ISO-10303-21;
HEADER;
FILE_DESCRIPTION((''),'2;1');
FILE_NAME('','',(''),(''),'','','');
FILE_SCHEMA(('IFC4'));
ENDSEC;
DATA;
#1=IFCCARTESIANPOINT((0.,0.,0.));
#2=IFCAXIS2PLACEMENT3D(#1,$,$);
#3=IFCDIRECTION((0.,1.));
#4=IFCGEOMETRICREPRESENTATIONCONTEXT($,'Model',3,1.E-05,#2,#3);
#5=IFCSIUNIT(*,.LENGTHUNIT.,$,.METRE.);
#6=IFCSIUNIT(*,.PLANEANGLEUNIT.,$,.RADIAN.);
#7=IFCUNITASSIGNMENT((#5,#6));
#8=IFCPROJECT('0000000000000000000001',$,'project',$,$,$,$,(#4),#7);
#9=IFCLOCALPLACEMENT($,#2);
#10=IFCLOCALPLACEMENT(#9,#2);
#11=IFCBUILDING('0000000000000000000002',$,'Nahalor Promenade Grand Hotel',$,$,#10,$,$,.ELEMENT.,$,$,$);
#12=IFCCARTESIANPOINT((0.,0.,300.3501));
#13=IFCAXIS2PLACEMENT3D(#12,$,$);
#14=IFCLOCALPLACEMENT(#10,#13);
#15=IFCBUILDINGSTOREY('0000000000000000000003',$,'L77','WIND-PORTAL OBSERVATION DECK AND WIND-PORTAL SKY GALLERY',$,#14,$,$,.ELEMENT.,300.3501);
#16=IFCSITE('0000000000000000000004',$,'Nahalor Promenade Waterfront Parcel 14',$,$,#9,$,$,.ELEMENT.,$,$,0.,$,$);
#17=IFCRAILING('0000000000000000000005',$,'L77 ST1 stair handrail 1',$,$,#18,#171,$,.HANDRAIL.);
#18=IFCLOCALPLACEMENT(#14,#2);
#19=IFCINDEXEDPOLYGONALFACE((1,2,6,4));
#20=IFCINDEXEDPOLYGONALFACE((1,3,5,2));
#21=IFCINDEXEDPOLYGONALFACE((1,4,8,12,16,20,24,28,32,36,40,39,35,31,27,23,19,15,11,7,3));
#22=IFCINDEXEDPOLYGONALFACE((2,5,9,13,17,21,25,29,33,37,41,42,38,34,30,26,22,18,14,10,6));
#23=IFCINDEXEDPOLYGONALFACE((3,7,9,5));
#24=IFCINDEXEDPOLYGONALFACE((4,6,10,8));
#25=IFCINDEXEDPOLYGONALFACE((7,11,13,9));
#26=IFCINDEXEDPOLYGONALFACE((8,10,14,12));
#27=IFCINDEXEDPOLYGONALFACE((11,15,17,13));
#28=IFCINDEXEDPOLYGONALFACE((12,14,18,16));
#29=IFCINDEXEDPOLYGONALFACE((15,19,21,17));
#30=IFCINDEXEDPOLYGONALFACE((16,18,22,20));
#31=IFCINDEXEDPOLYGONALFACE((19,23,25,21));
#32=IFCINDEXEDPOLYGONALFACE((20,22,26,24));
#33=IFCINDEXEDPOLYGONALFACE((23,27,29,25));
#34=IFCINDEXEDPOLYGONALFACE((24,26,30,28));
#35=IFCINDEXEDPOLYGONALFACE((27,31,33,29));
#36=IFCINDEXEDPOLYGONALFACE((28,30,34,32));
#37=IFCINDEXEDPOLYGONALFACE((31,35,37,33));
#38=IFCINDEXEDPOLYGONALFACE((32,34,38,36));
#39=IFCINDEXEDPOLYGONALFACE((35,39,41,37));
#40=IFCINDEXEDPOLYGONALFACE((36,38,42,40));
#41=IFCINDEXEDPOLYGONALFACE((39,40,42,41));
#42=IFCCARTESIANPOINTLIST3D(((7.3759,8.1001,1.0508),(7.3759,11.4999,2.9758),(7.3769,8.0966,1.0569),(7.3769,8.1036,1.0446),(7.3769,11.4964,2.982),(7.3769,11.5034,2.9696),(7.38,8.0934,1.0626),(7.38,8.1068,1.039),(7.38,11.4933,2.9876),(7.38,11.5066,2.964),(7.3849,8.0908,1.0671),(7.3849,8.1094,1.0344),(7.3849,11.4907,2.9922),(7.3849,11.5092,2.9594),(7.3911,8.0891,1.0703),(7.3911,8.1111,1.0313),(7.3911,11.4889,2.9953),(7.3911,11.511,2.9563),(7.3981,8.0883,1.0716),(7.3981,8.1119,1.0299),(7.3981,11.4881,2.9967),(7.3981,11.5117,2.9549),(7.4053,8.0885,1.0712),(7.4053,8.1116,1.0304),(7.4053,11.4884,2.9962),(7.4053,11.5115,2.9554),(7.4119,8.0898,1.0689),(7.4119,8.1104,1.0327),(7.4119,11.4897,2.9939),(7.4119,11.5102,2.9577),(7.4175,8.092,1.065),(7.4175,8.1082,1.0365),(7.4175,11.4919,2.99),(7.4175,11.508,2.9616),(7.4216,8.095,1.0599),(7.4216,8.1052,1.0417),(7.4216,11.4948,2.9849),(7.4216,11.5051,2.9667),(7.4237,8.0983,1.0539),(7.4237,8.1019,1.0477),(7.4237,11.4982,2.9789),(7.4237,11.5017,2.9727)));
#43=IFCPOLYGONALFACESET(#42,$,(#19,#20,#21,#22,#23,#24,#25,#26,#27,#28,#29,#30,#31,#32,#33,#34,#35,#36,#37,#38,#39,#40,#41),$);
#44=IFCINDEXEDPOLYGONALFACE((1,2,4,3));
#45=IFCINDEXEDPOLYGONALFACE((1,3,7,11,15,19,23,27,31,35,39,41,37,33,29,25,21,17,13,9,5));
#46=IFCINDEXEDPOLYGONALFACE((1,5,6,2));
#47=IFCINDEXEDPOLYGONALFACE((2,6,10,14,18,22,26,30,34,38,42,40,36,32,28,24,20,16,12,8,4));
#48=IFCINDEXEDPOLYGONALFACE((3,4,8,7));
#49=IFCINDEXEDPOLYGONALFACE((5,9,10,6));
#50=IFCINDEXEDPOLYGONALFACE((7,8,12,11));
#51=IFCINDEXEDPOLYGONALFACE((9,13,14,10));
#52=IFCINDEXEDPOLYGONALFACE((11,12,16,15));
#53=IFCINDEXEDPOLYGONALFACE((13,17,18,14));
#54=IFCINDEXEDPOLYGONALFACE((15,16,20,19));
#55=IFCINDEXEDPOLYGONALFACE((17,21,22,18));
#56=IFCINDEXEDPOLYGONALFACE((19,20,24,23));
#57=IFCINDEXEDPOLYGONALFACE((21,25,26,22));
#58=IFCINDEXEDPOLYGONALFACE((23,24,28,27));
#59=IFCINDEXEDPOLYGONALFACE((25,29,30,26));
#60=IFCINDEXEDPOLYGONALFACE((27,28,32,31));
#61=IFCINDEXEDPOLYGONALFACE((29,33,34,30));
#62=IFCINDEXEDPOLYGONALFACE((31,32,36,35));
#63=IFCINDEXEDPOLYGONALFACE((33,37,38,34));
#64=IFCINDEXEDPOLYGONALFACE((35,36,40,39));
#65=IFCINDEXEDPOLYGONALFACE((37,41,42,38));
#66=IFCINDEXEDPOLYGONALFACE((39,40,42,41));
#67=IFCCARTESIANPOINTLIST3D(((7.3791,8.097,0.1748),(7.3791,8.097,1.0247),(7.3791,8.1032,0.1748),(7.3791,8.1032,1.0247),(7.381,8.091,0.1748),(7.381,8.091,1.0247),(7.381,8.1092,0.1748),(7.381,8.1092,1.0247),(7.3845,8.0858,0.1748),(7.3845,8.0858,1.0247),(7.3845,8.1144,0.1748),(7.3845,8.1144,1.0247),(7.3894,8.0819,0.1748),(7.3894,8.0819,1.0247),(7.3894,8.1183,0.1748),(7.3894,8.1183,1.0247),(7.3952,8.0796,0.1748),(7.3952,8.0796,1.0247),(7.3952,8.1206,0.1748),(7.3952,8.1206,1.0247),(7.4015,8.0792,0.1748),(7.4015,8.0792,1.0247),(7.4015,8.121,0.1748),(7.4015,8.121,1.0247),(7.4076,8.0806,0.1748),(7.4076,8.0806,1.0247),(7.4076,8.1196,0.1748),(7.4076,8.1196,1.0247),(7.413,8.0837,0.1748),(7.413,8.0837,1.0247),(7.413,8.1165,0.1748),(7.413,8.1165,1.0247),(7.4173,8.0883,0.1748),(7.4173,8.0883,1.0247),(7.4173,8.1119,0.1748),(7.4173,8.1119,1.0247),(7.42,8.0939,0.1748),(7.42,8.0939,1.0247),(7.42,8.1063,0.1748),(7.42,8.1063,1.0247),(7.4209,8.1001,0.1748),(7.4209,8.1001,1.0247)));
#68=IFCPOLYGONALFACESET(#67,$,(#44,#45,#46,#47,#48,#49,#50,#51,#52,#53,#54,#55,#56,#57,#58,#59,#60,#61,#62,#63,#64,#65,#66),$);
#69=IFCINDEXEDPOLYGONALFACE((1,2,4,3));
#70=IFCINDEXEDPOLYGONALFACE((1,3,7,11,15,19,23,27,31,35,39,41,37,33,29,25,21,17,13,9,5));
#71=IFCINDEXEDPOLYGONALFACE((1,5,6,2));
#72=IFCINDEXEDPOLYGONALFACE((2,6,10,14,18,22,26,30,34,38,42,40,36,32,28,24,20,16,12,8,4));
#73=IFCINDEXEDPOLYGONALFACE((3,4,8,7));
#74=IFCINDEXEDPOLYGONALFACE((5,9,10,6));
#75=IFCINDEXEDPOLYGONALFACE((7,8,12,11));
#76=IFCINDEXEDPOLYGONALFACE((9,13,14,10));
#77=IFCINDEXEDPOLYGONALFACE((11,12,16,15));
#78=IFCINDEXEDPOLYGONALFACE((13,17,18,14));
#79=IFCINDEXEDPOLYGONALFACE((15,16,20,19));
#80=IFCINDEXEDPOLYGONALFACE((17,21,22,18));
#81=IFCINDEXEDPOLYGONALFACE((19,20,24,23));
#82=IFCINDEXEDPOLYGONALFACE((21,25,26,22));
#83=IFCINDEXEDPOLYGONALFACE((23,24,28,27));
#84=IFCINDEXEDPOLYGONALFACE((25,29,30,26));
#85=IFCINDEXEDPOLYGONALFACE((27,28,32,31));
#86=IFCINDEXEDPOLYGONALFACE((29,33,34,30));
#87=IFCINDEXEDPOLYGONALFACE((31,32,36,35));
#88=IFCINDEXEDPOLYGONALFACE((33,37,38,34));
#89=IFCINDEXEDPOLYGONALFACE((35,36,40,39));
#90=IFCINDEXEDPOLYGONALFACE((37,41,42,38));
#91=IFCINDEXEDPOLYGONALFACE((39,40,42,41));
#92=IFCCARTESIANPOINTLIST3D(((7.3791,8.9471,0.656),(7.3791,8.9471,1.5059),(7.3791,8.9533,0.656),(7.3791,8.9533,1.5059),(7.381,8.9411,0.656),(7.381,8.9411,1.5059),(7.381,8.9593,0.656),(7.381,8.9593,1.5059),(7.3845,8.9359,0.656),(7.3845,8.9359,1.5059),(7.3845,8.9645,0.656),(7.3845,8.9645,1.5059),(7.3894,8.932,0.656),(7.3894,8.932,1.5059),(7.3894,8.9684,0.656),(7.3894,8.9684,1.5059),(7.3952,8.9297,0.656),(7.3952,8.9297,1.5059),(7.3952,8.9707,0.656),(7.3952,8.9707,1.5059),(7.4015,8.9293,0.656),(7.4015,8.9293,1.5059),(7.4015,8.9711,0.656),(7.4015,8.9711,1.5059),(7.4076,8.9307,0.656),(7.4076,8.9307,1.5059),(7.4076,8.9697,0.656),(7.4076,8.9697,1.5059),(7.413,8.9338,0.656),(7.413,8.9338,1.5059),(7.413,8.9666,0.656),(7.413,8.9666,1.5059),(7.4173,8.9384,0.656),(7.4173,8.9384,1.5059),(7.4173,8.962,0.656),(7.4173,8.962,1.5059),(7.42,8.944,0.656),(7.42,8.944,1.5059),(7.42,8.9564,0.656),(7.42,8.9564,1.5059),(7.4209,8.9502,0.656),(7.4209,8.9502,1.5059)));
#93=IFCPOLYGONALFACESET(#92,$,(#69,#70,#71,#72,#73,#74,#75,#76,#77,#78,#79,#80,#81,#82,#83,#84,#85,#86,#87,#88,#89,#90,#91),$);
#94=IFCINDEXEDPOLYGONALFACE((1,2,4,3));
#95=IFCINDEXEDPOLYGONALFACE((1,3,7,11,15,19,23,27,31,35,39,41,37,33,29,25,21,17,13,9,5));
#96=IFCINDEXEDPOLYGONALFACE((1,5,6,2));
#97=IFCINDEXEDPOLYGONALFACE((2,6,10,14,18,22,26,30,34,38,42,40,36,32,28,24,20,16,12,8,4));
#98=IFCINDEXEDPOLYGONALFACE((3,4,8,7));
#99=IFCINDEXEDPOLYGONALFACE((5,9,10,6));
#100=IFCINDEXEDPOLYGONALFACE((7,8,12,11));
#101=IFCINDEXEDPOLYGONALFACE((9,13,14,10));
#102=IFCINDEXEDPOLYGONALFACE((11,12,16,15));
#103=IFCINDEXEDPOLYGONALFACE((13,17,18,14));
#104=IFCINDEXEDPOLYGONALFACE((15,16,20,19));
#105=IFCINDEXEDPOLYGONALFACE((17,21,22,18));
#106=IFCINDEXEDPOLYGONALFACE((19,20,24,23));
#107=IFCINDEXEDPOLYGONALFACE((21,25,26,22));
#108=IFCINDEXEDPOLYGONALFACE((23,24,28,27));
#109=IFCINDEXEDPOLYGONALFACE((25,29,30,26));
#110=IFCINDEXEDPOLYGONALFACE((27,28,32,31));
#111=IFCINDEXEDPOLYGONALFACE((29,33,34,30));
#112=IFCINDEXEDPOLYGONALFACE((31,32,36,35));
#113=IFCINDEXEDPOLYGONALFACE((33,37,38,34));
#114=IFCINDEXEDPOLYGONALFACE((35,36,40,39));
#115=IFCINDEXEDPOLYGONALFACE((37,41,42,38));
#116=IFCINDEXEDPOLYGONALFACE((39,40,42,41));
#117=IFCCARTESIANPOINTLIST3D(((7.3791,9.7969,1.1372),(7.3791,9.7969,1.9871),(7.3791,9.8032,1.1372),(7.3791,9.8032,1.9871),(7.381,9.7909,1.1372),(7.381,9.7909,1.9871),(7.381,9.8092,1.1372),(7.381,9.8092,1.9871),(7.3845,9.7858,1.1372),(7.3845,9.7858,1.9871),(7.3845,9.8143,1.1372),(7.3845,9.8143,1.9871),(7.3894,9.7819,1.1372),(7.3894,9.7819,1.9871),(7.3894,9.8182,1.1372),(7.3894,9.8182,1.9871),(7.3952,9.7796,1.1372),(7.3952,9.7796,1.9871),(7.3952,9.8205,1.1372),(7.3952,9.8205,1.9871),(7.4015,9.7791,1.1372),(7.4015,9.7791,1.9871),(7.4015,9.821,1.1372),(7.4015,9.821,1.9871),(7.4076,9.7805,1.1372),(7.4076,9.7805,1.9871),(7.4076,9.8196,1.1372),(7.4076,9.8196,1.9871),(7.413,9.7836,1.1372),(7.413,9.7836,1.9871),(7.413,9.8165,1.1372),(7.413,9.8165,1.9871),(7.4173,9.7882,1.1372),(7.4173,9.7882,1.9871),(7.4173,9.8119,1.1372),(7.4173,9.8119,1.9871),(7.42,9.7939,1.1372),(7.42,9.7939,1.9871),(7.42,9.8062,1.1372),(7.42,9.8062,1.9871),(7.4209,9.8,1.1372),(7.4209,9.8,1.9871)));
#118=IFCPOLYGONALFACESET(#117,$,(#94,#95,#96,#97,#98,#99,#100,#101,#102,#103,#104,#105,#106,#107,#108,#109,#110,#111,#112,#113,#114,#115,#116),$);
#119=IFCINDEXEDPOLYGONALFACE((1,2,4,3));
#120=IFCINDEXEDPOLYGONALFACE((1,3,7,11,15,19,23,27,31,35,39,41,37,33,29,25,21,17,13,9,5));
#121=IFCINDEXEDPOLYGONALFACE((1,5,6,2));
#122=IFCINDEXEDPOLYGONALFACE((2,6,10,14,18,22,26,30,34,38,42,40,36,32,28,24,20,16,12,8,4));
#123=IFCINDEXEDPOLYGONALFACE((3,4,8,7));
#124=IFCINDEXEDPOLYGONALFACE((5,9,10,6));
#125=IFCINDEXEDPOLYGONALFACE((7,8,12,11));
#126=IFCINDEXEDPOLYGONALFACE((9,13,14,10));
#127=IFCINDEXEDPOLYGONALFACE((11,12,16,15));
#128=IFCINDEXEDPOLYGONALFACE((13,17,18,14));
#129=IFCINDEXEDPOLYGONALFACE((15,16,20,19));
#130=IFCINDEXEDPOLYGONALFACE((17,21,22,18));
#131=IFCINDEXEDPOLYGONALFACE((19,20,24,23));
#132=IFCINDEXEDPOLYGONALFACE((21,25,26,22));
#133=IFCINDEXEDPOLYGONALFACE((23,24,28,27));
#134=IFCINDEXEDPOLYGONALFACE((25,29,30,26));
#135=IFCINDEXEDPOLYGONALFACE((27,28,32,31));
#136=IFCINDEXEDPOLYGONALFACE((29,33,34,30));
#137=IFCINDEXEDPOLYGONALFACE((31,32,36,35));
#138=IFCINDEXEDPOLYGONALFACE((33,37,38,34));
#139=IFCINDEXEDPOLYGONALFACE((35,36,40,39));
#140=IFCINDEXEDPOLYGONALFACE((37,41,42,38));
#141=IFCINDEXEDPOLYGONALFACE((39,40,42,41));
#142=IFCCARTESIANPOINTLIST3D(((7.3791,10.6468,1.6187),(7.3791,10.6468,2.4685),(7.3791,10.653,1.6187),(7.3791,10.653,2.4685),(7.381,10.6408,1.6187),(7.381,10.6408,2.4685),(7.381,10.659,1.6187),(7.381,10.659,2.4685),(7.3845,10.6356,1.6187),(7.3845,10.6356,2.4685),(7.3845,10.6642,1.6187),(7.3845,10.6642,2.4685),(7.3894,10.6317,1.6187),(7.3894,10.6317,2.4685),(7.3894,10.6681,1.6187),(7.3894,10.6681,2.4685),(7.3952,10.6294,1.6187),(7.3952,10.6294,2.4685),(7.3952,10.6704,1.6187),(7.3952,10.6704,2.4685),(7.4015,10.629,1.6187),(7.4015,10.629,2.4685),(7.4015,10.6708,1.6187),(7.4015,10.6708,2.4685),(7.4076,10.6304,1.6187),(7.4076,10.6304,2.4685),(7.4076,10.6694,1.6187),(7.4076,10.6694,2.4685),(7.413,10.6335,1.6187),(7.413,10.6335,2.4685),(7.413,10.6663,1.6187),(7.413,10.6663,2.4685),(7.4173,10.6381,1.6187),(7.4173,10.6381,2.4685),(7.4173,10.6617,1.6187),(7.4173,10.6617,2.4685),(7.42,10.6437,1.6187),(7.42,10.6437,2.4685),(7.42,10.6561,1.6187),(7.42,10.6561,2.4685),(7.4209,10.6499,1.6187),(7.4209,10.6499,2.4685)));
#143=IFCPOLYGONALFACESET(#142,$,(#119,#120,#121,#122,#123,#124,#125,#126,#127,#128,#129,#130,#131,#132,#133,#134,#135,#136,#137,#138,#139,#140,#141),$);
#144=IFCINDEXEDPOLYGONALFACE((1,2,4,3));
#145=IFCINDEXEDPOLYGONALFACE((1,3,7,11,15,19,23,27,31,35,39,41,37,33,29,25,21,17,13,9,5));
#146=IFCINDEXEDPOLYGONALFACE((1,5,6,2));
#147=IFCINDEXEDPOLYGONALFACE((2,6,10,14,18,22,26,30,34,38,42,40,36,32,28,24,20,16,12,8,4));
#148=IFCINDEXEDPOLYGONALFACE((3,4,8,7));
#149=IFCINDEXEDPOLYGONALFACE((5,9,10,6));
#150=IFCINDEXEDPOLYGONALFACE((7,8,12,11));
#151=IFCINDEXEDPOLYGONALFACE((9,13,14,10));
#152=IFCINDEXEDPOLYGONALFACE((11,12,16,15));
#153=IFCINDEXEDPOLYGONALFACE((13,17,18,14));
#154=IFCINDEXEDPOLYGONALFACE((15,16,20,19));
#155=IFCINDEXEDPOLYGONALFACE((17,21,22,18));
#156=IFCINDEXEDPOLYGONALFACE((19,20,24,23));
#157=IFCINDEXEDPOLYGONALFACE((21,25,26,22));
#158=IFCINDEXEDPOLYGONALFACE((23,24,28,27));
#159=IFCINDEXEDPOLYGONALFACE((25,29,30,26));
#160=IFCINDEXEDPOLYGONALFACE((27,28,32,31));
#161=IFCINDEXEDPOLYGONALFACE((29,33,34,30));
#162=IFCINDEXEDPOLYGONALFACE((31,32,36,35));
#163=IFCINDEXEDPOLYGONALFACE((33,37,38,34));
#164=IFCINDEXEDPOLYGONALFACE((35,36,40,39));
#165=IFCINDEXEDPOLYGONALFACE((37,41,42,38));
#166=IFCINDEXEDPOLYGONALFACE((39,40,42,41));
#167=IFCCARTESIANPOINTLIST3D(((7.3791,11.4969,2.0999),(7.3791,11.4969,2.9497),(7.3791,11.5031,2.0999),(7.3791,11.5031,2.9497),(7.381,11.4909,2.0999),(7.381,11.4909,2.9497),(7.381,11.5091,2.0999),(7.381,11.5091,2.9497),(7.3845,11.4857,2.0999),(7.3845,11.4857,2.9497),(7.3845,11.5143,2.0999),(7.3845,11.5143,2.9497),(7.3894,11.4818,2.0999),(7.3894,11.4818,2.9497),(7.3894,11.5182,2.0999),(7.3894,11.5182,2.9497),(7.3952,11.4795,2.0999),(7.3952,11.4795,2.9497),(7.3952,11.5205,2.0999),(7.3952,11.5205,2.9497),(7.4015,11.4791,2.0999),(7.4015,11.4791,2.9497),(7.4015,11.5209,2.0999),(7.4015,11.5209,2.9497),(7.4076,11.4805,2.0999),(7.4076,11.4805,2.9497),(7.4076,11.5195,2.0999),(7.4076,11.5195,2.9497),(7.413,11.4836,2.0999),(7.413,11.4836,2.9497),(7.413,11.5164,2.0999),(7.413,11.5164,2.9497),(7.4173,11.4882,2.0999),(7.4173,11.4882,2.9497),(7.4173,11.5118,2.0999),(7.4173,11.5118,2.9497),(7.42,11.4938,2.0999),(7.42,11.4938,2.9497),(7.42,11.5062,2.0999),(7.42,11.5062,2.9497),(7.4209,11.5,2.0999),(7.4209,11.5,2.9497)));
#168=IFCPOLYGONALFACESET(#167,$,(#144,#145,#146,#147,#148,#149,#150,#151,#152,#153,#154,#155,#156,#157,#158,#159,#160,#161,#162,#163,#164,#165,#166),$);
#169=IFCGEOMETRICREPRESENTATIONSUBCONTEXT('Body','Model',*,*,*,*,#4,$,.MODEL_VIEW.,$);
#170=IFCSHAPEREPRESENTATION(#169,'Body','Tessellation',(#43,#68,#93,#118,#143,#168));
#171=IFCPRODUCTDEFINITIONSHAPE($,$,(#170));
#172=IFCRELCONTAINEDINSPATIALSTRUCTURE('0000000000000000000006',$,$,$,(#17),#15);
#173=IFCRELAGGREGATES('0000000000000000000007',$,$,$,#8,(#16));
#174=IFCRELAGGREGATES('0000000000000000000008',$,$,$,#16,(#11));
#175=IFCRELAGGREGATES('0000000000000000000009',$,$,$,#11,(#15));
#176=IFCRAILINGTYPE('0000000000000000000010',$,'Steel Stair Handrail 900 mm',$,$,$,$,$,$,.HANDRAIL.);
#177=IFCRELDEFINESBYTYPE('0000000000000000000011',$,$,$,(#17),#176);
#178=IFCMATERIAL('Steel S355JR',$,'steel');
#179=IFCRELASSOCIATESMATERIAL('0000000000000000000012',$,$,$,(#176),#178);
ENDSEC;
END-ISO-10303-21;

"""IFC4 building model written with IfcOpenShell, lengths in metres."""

from ifc_helpers import new_model, si_unit, direction, frame, origin, origin_2d, place, context, subcontext, project, spatial, circle, extrude, material, type_object, element, save


model = new_model("IFC4")

# Units and contexts
model_context = context("Model", 3, precision=1e-05, world=origin(), true_north=direction((0.0, 1.0)))
body_context = subcontext(model_context, "Body", "Model", "MODEL_VIEW")
ifc_project = project(units=[si_unit("LENGTHUNIT", "METRE"), si_unit("PLANEANGLEUNIT", "RADIAN")], contexts=[model_context])

# Site, building, storey
site_placement = place(None, origin())
site = spatial("IfcSite", under=ifc_project, at=site_placement, Name="Nahalor Promenade Waterfront Parcel 14", CompositionType="ELEMENT", RefElevation=0.0)
building_placement = place(site_placement, origin())
building = spatial("IfcBuilding", under=site, at=building_placement, Name="Nahalor Promenade Grand Hotel", CompositionType="ELEMENT")
storey_placement = place(building_placement, frame((0.0, 0.0, 300.3501)))
storey = spatial("IfcBuildingStorey", under=building, at=storey_placement, Name="L77", Description="WIND-PORTAL OBSERVATION DECK AND WIND-PORTAL SKY GALLERY", CompositionType="ELEMENT", Elevation=300.3501)

# Shared definitions
ifc_material_1 = material(Name="Steel S355JR", Category="steel")

# Railing
railing_type_1 = type_object("IfcRailingType", Name="Steel Stair Handrail 900 mm", PredefinedType="HANDRAIL", material=ifc_material_1)
railing_1_placement = place(storey_placement, frame((7.3999, 8.1001, 0.1748)))
element("IfcRailing", 1, at=railing_1_placement, inside=storey, type_object=railing_type_1, Name="L77 ST1 stair handrail 1", PredefinedType="HANDRAIL", context=body_context, shape_type="SweptSolid", body=[
    extrude(circle(Radius=0.024, at=origin_2d()), frame((0.0, 0.0, 0.876), z_axis=(0.0, 0.870194, 0.49271), x_axis=(-1.0, 0.0, 0.0)), (0.0, 0.0, 1.0), 3.907),
    extrude(circle(Radius=0.021, at=origin_2d()), origin(), (0.0, 0.0, 1.0), 0.8499),
    extrude(circle(Radius=0.021, at=origin_2d()), frame((0.0, 0.8501, 0.4812)), (0.0, 0.0, 1.0), 0.8499),
    extrude(circle(Radius=0.021, at=origin_2d()), frame((0.0, 1.7, 0.9624)), (0.0, 0.0, 1.0), 0.8499),
    extrude(circle(Radius=0.021, at=origin_2d()), frame((0.0, 2.5498, 1.4438)), (0.0, 0.0, 1.0), 0.8499),
    extrude(circle(Radius=0.021, at=origin_2d()), frame((0.0, 3.3999, 1.925)), (0.0, 0.0, 1.0), 0.8499),
])

save(model, "model.ifc")
